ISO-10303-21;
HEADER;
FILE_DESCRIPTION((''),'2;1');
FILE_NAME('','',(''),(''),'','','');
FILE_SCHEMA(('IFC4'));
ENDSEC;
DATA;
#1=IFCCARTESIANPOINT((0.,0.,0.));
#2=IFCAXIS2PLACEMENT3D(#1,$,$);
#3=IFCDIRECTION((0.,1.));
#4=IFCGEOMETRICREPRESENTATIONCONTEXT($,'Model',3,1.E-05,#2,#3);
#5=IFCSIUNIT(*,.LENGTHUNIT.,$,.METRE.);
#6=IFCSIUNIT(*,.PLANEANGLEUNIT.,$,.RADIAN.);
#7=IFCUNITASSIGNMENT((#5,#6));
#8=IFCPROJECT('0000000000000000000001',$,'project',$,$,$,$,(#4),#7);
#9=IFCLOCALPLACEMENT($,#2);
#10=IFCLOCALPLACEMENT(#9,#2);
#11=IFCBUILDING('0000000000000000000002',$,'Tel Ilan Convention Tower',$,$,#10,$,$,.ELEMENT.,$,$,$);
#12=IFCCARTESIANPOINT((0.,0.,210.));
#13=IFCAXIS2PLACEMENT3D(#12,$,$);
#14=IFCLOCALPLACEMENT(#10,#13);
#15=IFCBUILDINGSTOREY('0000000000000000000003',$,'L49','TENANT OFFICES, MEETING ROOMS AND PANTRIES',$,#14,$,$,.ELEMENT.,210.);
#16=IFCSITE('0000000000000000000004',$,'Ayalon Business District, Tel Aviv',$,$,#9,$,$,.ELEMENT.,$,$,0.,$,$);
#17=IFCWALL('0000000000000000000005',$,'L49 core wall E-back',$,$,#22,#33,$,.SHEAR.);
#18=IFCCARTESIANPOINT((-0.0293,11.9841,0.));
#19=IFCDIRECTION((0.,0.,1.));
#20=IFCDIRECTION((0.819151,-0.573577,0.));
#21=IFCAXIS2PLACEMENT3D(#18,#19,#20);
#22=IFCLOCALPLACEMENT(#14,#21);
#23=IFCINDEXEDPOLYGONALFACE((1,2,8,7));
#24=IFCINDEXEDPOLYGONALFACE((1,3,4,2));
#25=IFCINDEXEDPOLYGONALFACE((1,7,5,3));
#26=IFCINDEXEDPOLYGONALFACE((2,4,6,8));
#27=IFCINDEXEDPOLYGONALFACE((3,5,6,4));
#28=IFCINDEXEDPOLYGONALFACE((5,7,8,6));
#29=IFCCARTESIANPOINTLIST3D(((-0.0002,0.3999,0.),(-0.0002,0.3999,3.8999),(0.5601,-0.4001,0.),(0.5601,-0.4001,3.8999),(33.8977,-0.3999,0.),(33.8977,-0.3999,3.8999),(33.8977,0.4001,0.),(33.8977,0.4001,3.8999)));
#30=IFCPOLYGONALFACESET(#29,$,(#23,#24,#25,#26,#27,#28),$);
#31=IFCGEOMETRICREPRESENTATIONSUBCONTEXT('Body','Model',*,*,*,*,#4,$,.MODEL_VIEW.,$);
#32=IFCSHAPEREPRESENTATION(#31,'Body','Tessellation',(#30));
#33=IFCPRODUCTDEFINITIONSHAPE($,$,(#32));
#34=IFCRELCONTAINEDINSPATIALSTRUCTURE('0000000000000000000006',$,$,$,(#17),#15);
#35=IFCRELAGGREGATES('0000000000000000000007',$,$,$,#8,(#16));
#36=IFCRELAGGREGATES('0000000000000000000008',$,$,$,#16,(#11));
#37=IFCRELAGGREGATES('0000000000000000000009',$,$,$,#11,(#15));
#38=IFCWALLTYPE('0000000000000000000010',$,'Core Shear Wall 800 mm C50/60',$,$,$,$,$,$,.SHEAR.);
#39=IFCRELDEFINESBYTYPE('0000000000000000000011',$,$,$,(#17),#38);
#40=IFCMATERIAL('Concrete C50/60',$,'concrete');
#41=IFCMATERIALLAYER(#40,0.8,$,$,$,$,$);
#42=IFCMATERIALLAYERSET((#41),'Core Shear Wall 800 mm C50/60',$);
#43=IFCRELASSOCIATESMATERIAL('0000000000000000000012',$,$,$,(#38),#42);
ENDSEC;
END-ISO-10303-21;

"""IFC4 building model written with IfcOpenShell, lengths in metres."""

from ifc_helpers import new_model, si_unit, direction, frame, origin, place, context, subcontext, project, spatial, polyline, outline, extrude, material, layer, layer_set, type_object, element, save


model = new_model("IFC4")

# Units and contexts
model_context = context("Model", 3, precision=1e-05, world=origin(), true_north=direction((0.0, 1.0)))
body_context = subcontext(model_context, "Body", "Model", "MODEL_VIEW")
ifc_project = project(units=[si_unit("LENGTHUNIT", "METRE"), si_unit("PLANEANGLEUNIT", "RADIAN")], contexts=[model_context])

# Site, building, storey
site_placement = place(None, origin())
site = spatial("IfcSite", under=ifc_project, at=site_placement, Name="Ayalon Business District, Tel Aviv", CompositionType="ELEMENT", RefElevation=0.0)
building_placement = place(site_placement, origin())
building = spatial("IfcBuilding", under=site, at=building_placement, Name="Tel Ilan Convention Tower", CompositionType="ELEMENT")
storey_placement = place(building_placement, frame((0.0, 0.0, 210.0)))
storey = spatial("IfcBuildingStorey", under=building, at=storey_placement, Name="L49", Description="TENANT OFFICES, MEETING ROOMS AND PANTRIES", CompositionType="ELEMENT", Elevation=210.0)

# Wall
ifc_material_1 = material(Name="Concrete C50/60", Category="concrete")
ifc_layer_1 = layer(ifc_material_1, 0.8)
ifc_layer_set_1 = layer_set([ifc_layer_1], Name="Core Shear Wall 800 mm C50/60")
wall_type_1 = type_object("IfcWallType", Name="Core Shear Wall 800 mm C50/60", PredefinedType="SHEAR", material=ifc_layer_set_1)
wall_1_placement = place(storey_placement, frame((-0.0293, 11.9841, 0.0), z_axis=(0.0, 0.0, 1.0), x_axis=(0.819151, -0.573577, 0.0)))
element("IfcWall", 1, at=wall_1_placement, inside=storey, type_object=wall_type_1, Name="L49 core wall E-back", PredefinedType="SHEAR", context=body_context, shape_type="SweptSolid", body=[
    extrude(outline(polyline([(33.8977, 0.4001), (-0.0002, 0.3999), (0.5601, -0.4001), (33.8977, -0.3999), (33.8977, 0.4001)])), origin(), (0.0, 0.0, 1.0), 3.8999),
])

save(model, "model.ifc")
